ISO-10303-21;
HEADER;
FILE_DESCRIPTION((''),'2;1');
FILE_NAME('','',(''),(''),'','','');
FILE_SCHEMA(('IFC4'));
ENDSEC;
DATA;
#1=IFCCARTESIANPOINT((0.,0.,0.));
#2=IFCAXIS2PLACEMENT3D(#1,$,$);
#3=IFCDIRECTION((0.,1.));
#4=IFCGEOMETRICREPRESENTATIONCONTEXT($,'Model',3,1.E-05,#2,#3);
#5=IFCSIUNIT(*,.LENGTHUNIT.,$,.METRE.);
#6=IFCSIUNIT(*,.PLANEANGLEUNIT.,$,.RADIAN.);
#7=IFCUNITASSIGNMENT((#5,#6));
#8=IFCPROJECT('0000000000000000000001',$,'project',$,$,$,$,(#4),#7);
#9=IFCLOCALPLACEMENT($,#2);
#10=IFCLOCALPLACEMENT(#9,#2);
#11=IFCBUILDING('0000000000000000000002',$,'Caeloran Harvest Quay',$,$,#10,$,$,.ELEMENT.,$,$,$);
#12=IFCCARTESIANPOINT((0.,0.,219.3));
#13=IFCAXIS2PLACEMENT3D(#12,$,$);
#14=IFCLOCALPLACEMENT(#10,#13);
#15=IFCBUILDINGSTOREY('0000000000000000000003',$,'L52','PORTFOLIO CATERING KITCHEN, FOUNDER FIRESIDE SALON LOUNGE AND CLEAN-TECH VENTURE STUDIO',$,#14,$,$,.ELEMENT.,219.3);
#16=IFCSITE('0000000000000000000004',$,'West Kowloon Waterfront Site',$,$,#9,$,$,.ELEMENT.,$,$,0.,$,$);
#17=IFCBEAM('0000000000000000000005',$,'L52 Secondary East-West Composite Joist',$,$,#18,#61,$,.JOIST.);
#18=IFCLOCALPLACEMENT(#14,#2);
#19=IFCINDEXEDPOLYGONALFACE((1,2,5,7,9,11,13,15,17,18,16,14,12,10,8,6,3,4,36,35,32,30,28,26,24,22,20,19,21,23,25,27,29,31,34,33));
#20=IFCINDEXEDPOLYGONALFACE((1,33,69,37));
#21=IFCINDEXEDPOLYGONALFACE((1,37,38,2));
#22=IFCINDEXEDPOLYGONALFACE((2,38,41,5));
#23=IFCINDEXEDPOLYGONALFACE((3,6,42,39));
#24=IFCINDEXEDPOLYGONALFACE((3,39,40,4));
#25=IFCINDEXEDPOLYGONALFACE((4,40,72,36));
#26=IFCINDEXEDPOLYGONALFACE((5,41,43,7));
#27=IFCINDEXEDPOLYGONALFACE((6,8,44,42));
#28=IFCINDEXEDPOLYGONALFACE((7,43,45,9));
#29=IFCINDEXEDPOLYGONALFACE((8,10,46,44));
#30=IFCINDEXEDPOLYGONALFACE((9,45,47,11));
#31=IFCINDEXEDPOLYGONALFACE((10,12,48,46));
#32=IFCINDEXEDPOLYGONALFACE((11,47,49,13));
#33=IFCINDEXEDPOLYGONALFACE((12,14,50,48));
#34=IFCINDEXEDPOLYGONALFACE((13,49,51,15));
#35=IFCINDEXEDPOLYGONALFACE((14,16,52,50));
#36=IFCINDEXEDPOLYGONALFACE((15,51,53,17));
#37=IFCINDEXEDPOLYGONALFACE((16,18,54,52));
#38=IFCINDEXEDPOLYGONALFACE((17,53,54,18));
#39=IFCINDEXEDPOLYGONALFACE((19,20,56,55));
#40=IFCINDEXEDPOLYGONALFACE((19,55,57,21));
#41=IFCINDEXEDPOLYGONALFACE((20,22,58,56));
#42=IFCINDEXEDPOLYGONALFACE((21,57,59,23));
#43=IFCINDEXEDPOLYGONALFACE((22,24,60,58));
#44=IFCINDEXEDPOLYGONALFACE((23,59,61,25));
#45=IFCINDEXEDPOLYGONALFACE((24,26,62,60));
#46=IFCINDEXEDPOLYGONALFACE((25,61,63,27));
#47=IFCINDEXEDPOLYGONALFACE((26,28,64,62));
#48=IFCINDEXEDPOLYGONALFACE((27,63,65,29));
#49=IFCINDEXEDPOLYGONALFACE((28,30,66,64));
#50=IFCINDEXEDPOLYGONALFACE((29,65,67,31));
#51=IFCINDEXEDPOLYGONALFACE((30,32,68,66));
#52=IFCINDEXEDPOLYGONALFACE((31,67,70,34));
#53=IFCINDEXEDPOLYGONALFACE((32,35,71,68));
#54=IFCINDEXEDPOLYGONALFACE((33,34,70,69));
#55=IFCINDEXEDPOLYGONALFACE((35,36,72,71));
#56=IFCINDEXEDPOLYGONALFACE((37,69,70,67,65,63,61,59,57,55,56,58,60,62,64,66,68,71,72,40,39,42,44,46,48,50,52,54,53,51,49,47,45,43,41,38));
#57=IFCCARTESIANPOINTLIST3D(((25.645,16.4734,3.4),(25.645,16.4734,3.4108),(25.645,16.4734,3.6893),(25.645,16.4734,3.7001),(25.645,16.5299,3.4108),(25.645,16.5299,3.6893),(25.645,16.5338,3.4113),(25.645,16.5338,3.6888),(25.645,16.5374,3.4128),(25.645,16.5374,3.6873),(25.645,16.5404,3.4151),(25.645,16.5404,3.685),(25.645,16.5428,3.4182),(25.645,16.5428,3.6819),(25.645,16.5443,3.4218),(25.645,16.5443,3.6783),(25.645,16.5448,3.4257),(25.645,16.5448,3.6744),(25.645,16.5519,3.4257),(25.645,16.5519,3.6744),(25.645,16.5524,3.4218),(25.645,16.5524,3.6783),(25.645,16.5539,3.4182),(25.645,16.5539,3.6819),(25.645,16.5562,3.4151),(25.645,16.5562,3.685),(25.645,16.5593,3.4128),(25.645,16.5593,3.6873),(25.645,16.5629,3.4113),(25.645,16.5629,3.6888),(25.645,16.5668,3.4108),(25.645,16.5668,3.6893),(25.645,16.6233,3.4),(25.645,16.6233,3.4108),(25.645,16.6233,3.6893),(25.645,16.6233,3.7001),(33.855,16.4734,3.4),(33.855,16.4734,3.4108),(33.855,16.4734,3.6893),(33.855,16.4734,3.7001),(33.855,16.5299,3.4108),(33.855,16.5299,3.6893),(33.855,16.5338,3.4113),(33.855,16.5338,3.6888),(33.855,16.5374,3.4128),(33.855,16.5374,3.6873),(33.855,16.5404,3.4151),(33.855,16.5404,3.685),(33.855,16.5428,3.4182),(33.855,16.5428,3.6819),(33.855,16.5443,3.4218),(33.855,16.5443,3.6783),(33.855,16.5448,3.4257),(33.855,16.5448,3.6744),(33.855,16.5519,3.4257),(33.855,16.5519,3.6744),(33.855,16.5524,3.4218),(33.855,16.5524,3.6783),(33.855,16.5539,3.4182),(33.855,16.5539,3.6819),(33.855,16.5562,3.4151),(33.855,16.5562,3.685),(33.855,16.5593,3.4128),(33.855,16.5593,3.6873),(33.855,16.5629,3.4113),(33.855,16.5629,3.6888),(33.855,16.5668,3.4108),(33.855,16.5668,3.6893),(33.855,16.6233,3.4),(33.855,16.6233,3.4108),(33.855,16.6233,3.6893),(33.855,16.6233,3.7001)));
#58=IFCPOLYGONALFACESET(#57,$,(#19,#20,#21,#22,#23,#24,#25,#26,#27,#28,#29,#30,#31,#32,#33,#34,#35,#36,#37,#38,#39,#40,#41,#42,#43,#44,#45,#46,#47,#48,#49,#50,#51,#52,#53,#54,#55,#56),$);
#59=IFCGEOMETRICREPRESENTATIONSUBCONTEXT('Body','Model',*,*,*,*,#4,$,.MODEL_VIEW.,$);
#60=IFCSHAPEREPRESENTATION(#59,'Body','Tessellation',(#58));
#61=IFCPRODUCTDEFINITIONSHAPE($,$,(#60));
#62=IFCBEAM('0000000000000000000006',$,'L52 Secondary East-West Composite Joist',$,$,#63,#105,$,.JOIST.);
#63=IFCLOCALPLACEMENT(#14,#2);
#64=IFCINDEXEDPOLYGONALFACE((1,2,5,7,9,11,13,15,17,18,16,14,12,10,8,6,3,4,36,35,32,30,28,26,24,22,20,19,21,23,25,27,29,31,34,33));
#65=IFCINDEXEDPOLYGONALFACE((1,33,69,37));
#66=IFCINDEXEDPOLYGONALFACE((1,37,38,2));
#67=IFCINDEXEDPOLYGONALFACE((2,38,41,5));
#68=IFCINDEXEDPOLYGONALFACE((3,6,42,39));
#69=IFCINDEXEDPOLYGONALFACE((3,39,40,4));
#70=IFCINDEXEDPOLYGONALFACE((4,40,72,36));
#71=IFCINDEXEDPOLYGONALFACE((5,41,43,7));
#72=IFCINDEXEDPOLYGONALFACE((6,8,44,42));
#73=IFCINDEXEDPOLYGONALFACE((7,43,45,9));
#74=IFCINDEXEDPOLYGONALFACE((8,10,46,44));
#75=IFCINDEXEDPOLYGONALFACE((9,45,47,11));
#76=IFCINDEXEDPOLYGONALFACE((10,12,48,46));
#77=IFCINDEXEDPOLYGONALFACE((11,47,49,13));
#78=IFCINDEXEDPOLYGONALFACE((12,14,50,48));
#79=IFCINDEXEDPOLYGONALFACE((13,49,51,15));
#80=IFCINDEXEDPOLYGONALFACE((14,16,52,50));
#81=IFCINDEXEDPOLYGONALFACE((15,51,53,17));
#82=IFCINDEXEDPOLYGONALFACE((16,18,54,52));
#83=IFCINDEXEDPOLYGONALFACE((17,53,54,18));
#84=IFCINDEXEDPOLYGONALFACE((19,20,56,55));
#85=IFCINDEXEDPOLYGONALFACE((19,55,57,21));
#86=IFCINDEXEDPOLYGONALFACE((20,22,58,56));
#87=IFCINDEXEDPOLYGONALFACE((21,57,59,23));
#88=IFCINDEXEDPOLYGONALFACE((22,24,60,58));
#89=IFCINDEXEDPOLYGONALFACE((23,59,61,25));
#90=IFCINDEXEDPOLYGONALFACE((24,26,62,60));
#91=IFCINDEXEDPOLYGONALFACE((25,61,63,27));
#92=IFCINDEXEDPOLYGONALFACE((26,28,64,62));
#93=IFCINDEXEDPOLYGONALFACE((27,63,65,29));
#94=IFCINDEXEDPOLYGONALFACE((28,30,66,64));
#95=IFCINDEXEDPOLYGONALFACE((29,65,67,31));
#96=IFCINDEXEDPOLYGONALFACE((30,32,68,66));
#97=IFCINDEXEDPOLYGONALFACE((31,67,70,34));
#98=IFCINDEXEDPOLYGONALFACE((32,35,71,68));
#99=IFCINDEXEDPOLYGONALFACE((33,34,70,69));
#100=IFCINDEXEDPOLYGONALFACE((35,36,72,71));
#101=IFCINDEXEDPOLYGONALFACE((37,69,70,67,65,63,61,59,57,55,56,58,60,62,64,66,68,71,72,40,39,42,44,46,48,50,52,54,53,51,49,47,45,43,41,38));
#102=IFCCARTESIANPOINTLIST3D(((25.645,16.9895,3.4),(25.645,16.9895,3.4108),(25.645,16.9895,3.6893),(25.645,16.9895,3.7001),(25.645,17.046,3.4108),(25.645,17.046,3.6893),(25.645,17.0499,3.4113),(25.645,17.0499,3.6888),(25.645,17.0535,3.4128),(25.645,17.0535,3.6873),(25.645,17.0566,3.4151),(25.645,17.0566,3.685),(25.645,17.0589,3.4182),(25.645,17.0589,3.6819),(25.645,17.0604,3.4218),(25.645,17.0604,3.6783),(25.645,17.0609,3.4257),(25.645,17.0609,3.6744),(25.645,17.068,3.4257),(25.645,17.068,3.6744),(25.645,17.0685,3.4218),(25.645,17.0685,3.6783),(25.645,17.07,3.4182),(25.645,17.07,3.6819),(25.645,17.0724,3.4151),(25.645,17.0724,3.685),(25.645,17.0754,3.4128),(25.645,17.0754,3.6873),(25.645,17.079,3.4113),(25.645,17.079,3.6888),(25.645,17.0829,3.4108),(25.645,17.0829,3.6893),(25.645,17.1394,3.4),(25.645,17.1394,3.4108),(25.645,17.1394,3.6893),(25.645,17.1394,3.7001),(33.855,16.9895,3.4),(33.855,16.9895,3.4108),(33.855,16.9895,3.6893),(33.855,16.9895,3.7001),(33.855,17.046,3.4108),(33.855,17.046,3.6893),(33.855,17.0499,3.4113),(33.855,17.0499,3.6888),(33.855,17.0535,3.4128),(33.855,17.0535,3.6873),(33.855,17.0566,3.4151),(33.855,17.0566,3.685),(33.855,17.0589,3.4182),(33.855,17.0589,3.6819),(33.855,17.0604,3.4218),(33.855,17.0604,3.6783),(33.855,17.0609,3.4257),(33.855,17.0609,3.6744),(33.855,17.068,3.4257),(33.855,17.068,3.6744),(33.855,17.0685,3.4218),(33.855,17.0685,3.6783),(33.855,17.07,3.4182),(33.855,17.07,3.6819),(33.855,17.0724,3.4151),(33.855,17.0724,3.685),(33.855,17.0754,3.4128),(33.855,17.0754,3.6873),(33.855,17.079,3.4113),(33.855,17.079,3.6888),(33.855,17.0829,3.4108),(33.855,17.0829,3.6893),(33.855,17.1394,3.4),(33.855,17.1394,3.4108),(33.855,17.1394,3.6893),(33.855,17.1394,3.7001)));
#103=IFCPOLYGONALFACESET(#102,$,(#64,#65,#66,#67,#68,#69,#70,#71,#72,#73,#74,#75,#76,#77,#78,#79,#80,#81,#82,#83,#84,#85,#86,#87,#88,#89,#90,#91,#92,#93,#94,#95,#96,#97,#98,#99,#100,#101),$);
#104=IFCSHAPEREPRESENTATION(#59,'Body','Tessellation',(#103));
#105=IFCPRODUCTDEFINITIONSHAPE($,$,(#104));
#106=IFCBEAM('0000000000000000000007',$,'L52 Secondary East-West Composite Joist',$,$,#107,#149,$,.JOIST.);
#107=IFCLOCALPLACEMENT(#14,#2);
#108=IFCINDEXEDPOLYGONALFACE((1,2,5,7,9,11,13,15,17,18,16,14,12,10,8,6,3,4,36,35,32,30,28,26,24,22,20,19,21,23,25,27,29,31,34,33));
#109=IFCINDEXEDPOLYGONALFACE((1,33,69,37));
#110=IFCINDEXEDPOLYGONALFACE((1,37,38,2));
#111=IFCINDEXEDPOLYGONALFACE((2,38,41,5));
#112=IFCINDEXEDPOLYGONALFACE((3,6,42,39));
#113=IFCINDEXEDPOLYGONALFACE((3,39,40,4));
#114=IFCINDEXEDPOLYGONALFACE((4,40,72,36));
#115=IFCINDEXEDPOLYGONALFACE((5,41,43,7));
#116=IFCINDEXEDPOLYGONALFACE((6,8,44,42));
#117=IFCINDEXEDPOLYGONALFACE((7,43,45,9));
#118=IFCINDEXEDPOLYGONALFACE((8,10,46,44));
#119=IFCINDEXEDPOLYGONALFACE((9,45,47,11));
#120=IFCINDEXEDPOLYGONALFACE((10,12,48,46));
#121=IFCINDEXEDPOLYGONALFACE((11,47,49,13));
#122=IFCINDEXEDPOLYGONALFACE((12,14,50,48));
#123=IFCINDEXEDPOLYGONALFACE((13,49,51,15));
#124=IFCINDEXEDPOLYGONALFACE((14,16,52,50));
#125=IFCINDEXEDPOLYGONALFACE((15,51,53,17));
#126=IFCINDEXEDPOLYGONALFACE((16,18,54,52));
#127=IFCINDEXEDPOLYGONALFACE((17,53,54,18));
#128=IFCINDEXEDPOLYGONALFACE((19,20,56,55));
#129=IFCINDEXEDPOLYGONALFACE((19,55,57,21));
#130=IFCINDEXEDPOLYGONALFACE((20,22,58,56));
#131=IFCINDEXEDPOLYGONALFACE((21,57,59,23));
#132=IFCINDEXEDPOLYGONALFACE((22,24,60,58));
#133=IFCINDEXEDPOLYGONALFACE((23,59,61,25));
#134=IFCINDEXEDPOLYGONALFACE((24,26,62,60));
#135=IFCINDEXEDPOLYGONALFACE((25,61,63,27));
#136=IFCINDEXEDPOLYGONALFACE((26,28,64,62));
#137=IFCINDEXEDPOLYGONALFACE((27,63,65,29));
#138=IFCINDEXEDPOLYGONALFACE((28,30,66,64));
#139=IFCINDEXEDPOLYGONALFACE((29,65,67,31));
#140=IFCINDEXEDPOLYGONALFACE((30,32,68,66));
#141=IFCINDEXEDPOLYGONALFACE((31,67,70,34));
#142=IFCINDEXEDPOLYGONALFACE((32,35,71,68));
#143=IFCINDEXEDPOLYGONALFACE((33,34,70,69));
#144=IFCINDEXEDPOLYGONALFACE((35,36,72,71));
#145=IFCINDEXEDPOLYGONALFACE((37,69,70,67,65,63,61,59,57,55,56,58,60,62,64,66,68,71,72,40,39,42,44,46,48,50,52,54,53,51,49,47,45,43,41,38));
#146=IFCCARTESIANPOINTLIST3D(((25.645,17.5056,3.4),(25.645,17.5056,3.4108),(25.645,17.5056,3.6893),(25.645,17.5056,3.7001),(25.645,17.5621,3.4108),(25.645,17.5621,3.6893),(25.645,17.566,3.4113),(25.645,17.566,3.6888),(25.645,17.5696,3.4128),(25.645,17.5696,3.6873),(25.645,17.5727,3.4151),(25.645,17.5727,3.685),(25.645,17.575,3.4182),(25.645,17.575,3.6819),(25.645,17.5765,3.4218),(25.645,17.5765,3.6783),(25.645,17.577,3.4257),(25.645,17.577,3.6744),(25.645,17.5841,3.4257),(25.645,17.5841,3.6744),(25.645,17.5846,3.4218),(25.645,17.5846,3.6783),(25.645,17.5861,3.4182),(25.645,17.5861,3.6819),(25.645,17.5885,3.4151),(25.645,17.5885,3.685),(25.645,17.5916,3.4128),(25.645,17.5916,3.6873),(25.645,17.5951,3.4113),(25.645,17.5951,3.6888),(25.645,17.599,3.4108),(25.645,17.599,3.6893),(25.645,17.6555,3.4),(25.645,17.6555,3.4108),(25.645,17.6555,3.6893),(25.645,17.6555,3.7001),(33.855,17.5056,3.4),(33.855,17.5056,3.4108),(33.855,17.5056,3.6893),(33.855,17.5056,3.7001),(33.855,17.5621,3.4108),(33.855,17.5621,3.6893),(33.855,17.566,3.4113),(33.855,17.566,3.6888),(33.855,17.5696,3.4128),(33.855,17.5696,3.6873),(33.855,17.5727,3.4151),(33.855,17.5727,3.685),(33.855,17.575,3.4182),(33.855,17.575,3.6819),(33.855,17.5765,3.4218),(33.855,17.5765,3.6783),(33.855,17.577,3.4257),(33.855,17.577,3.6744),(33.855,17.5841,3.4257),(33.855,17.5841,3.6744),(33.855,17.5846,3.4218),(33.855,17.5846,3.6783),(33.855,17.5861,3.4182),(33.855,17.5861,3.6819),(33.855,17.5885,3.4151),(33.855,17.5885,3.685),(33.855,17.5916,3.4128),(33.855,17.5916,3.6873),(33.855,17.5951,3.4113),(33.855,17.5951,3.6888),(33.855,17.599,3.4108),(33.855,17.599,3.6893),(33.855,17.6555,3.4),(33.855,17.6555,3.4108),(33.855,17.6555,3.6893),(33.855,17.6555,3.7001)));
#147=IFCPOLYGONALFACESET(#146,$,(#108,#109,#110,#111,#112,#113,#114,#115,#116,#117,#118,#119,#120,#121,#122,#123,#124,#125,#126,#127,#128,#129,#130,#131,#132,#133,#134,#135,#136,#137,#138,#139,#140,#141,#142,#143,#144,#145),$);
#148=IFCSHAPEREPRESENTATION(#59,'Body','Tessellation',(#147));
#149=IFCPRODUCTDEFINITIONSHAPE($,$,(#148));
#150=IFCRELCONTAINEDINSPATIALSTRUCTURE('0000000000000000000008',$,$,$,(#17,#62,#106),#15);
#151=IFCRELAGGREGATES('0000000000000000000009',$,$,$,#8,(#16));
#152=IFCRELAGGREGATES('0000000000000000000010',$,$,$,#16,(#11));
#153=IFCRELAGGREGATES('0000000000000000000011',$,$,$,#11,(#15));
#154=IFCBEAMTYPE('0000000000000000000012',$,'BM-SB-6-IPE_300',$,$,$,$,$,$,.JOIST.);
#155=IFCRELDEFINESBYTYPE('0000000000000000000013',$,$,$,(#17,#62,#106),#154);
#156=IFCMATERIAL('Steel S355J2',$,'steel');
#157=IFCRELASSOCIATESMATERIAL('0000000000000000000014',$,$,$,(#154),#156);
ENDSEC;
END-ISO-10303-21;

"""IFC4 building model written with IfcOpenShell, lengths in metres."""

from ifc_helpers import new_model, si_unit, direction, frame, origin, origin_2d, place, context, subcontext, project, spatial, i_section, extrude, material, material_profile, profile_set, type_object, element, save


model = new_model("IFC4")

# Units and contexts
model_context = context("Model", 3, precision=1e-05, world=origin(), true_north=direction((0.0, 1.0)))
body_context = subcontext(model_context, "Body", "Model", "MODEL_VIEW")
ifc_project = project(units=[si_unit("LENGTHUNIT", "METRE"), si_unit("PLANEANGLEUNIT", "RADIAN")], contexts=[model_context])

# Site, building, storey
site_placement = place(None, origin())
site = spatial("IfcSite", under=ifc_project, at=site_placement, Name="West Kowloon Waterfront Site", CompositionType="ELEMENT", RefElevation=0.0)
building_placement = place(site_placement, origin())
building = spatial("IfcBuilding", under=site, at=building_placement, Name="Caeloran Harvest Quay", CompositionType="ELEMENT")
storey_placement = place(building_placement, frame((0.0, 0.0, 219.3)))
storey = spatial("IfcBuildingStorey", under=building, at=storey_placement, Name="L52", Description="PORTFOLIO CATERING KITCHEN, FOUNDER FIRESIDE SALON LOUNGE AND CLEAN-TECH VENTURE STUDIO", CompositionType="ELEMENT", Elevation=219.3)

# Beams
ifc_material_1 = material(Name="Steel S355J2", Category="steel")
ifc_material_profile_1 = material_profile(ifc_material_1, i_section(OverallWidth=0.1499, OverallDepth=0.3, WebThickness=0.0071, FlangeThickness=0.0107, FilletRadius=0.0149, at=origin_2d()), Name="IPE 300")
ifc_profile_set_1 = profile_set([ifc_material_profile_1], Name="Steel S355J2")
beam_type_1 = type_object("IfcBeamType", Name="BM-SB-6-IPE_300", PredefinedType="JOIST", material=ifc_profile_set_1)
for number, where, z_axis, x_axis, name in (
    (1, (25.645, 16.5483, 3.55), (1.0, 0.0, 0.0), (0.0, 1.0, 0.0), "L52 Secondary East-West Composite Joist"),
    (2, (25.645, 17.0645, 3.55), (1.0, 0.0, 0.0), (0.0, 1.0, 0.0), "L52 Secondary East-West Composite Joist"),
    (3, (25.645, 17.5806, 3.55), (1.0, 0.0, 0.0), (0.0, 1.0, 0.0), "L52 Secondary East-West Composite Joist"),
):
    element("IfcBeam", number, at=place(storey_placement, frame(where, z_axis=z_axis, x_axis=x_axis)), inside=storey, type_object=beam_type_1, Name=name, PredefinedType="JOIST", context=body_context, shape_type="SweptSolid", body=[
        extrude(i_section(OverallWidth=0.1499, OverallDepth=0.3, WebThickness=0.0071, FlangeThickness=0.0107, FilletRadius=0.0149, at=origin_2d()), origin(), (0.0, 0.0, 1.0), 8.21),
    ])

save(model, "model.ifc")
